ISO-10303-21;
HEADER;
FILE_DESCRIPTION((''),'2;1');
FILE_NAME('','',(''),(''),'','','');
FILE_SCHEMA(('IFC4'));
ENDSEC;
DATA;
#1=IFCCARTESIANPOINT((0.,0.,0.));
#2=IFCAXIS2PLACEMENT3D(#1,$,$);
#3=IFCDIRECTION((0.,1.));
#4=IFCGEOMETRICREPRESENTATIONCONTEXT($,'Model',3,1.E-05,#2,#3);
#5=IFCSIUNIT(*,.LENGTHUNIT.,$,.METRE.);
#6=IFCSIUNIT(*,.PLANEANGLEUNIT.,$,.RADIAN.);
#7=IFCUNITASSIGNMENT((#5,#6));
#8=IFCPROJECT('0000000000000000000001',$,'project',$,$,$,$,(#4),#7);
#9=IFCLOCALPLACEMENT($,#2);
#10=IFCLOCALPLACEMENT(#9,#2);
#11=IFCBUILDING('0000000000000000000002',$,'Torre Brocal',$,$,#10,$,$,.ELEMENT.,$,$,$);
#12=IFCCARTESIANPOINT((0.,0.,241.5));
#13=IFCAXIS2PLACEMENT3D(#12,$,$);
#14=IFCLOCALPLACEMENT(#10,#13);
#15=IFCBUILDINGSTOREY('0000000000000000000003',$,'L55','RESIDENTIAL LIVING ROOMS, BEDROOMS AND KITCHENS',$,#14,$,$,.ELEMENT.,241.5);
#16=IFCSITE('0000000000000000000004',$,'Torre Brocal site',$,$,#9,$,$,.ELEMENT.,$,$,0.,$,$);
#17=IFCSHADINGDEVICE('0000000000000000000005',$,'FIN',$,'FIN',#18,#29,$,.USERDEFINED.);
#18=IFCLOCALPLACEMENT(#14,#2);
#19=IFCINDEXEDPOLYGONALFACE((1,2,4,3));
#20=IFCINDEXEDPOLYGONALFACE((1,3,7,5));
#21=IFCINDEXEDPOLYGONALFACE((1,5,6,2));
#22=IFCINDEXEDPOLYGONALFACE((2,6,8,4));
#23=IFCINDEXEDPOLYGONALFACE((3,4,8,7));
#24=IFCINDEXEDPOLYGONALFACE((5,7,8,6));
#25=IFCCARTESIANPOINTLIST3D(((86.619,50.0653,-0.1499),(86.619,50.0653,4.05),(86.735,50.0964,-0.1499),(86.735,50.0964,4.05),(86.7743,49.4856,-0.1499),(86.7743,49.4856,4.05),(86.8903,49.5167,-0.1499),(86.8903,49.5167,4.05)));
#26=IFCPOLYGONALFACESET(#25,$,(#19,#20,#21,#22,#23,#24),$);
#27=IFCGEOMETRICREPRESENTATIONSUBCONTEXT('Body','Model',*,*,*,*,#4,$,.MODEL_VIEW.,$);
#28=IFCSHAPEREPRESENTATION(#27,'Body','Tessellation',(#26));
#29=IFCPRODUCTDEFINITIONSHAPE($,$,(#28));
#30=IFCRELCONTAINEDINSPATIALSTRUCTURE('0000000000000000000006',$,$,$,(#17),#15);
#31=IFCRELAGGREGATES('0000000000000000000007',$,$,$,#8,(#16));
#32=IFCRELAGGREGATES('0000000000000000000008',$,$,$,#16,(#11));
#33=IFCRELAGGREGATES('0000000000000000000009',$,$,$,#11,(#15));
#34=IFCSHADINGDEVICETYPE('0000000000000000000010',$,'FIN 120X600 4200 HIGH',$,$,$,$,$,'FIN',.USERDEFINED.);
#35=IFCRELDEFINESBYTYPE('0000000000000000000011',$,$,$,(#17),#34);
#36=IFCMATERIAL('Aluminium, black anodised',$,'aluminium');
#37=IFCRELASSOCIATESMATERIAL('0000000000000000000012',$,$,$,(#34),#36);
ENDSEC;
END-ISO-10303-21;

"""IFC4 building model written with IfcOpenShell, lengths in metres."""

from ifc_helpers import new_model, si_unit, direction, frame, origin, origin_2d, place, context, subcontext, project, spatial, rectangle, extrude, material, material_profile, profile_set, type_object, element, save


model = new_model("IFC4")

# Units and contexts
model_context = context("Model", 3, precision=1e-05, world=origin(), true_north=direction((0.0, 1.0)))
body_context = subcontext(model_context, "Body", "Model", "MODEL_VIEW")
ifc_project = project(units=[si_unit("LENGTHUNIT", "METRE"), si_unit("PLANEANGLEUNIT", "RADIAN")], contexts=[model_context])

# Site, building, storey
site_placement = place(None, origin())
site = spatial("IfcSite", under=ifc_project, at=site_placement, Name="Torre Brocal site", CompositionType="ELEMENT", RefElevation=0.0)
building_placement = place(site_placement, origin())
building = spatial("IfcBuilding", under=site, at=building_placement, Name="Torre Brocal", CompositionType="ELEMENT")
storey_placement = place(building_placement, frame((0.0, 0.0, 241.5)))
storey = spatial("IfcBuildingStorey", under=building, at=storey_placement, Name="L55", Description="RESIDENTIAL LIVING ROOMS, BEDROOMS AND KITCHENS", CompositionType="ELEMENT", Elevation=241.5)

# Shading device
ifc_material_1 = material(Name="Aluminium, black anodised", Category="aluminium")
ifc_material_profile_1 = material_profile(ifc_material_1, rectangle(XDim=0.1201, YDim=0.6001, at=origin_2d()), Name="FIN 120X600 4200 HIGH")
ifc_profile_set_1 = profile_set([ifc_material_profile_1], Name="Aluminium, black anodised")
shading_device_type = type_object("IfcShadingDeviceType", Name="FIN 120X600 4200 HIGH", ElementType="FIN", PredefinedType="USERDEFINED", material=ifc_profile_set_1)
shading_device_placement = place(storey_placement, frame((86.7546, 49.791, -0.1499), z_axis=(0.0, 0.0, 1.0), x_axis=(0.965926, 0.258819, 0.0)))
element("IfcShadingDevice", 1, at=shading_device_placement, inside=storey, type_object=shading_device_type, Name="FIN", ObjectType="FIN", PredefinedType="USERDEFINED", context=body_context, shape_type="SweptSolid", body=[
    extrude(rectangle(XDim=0.1201, YDim=0.6001, at=origin_2d()), origin(), (0.0, 0.0, 1.0), 4.2),
])

save(model, "model.ifc")
